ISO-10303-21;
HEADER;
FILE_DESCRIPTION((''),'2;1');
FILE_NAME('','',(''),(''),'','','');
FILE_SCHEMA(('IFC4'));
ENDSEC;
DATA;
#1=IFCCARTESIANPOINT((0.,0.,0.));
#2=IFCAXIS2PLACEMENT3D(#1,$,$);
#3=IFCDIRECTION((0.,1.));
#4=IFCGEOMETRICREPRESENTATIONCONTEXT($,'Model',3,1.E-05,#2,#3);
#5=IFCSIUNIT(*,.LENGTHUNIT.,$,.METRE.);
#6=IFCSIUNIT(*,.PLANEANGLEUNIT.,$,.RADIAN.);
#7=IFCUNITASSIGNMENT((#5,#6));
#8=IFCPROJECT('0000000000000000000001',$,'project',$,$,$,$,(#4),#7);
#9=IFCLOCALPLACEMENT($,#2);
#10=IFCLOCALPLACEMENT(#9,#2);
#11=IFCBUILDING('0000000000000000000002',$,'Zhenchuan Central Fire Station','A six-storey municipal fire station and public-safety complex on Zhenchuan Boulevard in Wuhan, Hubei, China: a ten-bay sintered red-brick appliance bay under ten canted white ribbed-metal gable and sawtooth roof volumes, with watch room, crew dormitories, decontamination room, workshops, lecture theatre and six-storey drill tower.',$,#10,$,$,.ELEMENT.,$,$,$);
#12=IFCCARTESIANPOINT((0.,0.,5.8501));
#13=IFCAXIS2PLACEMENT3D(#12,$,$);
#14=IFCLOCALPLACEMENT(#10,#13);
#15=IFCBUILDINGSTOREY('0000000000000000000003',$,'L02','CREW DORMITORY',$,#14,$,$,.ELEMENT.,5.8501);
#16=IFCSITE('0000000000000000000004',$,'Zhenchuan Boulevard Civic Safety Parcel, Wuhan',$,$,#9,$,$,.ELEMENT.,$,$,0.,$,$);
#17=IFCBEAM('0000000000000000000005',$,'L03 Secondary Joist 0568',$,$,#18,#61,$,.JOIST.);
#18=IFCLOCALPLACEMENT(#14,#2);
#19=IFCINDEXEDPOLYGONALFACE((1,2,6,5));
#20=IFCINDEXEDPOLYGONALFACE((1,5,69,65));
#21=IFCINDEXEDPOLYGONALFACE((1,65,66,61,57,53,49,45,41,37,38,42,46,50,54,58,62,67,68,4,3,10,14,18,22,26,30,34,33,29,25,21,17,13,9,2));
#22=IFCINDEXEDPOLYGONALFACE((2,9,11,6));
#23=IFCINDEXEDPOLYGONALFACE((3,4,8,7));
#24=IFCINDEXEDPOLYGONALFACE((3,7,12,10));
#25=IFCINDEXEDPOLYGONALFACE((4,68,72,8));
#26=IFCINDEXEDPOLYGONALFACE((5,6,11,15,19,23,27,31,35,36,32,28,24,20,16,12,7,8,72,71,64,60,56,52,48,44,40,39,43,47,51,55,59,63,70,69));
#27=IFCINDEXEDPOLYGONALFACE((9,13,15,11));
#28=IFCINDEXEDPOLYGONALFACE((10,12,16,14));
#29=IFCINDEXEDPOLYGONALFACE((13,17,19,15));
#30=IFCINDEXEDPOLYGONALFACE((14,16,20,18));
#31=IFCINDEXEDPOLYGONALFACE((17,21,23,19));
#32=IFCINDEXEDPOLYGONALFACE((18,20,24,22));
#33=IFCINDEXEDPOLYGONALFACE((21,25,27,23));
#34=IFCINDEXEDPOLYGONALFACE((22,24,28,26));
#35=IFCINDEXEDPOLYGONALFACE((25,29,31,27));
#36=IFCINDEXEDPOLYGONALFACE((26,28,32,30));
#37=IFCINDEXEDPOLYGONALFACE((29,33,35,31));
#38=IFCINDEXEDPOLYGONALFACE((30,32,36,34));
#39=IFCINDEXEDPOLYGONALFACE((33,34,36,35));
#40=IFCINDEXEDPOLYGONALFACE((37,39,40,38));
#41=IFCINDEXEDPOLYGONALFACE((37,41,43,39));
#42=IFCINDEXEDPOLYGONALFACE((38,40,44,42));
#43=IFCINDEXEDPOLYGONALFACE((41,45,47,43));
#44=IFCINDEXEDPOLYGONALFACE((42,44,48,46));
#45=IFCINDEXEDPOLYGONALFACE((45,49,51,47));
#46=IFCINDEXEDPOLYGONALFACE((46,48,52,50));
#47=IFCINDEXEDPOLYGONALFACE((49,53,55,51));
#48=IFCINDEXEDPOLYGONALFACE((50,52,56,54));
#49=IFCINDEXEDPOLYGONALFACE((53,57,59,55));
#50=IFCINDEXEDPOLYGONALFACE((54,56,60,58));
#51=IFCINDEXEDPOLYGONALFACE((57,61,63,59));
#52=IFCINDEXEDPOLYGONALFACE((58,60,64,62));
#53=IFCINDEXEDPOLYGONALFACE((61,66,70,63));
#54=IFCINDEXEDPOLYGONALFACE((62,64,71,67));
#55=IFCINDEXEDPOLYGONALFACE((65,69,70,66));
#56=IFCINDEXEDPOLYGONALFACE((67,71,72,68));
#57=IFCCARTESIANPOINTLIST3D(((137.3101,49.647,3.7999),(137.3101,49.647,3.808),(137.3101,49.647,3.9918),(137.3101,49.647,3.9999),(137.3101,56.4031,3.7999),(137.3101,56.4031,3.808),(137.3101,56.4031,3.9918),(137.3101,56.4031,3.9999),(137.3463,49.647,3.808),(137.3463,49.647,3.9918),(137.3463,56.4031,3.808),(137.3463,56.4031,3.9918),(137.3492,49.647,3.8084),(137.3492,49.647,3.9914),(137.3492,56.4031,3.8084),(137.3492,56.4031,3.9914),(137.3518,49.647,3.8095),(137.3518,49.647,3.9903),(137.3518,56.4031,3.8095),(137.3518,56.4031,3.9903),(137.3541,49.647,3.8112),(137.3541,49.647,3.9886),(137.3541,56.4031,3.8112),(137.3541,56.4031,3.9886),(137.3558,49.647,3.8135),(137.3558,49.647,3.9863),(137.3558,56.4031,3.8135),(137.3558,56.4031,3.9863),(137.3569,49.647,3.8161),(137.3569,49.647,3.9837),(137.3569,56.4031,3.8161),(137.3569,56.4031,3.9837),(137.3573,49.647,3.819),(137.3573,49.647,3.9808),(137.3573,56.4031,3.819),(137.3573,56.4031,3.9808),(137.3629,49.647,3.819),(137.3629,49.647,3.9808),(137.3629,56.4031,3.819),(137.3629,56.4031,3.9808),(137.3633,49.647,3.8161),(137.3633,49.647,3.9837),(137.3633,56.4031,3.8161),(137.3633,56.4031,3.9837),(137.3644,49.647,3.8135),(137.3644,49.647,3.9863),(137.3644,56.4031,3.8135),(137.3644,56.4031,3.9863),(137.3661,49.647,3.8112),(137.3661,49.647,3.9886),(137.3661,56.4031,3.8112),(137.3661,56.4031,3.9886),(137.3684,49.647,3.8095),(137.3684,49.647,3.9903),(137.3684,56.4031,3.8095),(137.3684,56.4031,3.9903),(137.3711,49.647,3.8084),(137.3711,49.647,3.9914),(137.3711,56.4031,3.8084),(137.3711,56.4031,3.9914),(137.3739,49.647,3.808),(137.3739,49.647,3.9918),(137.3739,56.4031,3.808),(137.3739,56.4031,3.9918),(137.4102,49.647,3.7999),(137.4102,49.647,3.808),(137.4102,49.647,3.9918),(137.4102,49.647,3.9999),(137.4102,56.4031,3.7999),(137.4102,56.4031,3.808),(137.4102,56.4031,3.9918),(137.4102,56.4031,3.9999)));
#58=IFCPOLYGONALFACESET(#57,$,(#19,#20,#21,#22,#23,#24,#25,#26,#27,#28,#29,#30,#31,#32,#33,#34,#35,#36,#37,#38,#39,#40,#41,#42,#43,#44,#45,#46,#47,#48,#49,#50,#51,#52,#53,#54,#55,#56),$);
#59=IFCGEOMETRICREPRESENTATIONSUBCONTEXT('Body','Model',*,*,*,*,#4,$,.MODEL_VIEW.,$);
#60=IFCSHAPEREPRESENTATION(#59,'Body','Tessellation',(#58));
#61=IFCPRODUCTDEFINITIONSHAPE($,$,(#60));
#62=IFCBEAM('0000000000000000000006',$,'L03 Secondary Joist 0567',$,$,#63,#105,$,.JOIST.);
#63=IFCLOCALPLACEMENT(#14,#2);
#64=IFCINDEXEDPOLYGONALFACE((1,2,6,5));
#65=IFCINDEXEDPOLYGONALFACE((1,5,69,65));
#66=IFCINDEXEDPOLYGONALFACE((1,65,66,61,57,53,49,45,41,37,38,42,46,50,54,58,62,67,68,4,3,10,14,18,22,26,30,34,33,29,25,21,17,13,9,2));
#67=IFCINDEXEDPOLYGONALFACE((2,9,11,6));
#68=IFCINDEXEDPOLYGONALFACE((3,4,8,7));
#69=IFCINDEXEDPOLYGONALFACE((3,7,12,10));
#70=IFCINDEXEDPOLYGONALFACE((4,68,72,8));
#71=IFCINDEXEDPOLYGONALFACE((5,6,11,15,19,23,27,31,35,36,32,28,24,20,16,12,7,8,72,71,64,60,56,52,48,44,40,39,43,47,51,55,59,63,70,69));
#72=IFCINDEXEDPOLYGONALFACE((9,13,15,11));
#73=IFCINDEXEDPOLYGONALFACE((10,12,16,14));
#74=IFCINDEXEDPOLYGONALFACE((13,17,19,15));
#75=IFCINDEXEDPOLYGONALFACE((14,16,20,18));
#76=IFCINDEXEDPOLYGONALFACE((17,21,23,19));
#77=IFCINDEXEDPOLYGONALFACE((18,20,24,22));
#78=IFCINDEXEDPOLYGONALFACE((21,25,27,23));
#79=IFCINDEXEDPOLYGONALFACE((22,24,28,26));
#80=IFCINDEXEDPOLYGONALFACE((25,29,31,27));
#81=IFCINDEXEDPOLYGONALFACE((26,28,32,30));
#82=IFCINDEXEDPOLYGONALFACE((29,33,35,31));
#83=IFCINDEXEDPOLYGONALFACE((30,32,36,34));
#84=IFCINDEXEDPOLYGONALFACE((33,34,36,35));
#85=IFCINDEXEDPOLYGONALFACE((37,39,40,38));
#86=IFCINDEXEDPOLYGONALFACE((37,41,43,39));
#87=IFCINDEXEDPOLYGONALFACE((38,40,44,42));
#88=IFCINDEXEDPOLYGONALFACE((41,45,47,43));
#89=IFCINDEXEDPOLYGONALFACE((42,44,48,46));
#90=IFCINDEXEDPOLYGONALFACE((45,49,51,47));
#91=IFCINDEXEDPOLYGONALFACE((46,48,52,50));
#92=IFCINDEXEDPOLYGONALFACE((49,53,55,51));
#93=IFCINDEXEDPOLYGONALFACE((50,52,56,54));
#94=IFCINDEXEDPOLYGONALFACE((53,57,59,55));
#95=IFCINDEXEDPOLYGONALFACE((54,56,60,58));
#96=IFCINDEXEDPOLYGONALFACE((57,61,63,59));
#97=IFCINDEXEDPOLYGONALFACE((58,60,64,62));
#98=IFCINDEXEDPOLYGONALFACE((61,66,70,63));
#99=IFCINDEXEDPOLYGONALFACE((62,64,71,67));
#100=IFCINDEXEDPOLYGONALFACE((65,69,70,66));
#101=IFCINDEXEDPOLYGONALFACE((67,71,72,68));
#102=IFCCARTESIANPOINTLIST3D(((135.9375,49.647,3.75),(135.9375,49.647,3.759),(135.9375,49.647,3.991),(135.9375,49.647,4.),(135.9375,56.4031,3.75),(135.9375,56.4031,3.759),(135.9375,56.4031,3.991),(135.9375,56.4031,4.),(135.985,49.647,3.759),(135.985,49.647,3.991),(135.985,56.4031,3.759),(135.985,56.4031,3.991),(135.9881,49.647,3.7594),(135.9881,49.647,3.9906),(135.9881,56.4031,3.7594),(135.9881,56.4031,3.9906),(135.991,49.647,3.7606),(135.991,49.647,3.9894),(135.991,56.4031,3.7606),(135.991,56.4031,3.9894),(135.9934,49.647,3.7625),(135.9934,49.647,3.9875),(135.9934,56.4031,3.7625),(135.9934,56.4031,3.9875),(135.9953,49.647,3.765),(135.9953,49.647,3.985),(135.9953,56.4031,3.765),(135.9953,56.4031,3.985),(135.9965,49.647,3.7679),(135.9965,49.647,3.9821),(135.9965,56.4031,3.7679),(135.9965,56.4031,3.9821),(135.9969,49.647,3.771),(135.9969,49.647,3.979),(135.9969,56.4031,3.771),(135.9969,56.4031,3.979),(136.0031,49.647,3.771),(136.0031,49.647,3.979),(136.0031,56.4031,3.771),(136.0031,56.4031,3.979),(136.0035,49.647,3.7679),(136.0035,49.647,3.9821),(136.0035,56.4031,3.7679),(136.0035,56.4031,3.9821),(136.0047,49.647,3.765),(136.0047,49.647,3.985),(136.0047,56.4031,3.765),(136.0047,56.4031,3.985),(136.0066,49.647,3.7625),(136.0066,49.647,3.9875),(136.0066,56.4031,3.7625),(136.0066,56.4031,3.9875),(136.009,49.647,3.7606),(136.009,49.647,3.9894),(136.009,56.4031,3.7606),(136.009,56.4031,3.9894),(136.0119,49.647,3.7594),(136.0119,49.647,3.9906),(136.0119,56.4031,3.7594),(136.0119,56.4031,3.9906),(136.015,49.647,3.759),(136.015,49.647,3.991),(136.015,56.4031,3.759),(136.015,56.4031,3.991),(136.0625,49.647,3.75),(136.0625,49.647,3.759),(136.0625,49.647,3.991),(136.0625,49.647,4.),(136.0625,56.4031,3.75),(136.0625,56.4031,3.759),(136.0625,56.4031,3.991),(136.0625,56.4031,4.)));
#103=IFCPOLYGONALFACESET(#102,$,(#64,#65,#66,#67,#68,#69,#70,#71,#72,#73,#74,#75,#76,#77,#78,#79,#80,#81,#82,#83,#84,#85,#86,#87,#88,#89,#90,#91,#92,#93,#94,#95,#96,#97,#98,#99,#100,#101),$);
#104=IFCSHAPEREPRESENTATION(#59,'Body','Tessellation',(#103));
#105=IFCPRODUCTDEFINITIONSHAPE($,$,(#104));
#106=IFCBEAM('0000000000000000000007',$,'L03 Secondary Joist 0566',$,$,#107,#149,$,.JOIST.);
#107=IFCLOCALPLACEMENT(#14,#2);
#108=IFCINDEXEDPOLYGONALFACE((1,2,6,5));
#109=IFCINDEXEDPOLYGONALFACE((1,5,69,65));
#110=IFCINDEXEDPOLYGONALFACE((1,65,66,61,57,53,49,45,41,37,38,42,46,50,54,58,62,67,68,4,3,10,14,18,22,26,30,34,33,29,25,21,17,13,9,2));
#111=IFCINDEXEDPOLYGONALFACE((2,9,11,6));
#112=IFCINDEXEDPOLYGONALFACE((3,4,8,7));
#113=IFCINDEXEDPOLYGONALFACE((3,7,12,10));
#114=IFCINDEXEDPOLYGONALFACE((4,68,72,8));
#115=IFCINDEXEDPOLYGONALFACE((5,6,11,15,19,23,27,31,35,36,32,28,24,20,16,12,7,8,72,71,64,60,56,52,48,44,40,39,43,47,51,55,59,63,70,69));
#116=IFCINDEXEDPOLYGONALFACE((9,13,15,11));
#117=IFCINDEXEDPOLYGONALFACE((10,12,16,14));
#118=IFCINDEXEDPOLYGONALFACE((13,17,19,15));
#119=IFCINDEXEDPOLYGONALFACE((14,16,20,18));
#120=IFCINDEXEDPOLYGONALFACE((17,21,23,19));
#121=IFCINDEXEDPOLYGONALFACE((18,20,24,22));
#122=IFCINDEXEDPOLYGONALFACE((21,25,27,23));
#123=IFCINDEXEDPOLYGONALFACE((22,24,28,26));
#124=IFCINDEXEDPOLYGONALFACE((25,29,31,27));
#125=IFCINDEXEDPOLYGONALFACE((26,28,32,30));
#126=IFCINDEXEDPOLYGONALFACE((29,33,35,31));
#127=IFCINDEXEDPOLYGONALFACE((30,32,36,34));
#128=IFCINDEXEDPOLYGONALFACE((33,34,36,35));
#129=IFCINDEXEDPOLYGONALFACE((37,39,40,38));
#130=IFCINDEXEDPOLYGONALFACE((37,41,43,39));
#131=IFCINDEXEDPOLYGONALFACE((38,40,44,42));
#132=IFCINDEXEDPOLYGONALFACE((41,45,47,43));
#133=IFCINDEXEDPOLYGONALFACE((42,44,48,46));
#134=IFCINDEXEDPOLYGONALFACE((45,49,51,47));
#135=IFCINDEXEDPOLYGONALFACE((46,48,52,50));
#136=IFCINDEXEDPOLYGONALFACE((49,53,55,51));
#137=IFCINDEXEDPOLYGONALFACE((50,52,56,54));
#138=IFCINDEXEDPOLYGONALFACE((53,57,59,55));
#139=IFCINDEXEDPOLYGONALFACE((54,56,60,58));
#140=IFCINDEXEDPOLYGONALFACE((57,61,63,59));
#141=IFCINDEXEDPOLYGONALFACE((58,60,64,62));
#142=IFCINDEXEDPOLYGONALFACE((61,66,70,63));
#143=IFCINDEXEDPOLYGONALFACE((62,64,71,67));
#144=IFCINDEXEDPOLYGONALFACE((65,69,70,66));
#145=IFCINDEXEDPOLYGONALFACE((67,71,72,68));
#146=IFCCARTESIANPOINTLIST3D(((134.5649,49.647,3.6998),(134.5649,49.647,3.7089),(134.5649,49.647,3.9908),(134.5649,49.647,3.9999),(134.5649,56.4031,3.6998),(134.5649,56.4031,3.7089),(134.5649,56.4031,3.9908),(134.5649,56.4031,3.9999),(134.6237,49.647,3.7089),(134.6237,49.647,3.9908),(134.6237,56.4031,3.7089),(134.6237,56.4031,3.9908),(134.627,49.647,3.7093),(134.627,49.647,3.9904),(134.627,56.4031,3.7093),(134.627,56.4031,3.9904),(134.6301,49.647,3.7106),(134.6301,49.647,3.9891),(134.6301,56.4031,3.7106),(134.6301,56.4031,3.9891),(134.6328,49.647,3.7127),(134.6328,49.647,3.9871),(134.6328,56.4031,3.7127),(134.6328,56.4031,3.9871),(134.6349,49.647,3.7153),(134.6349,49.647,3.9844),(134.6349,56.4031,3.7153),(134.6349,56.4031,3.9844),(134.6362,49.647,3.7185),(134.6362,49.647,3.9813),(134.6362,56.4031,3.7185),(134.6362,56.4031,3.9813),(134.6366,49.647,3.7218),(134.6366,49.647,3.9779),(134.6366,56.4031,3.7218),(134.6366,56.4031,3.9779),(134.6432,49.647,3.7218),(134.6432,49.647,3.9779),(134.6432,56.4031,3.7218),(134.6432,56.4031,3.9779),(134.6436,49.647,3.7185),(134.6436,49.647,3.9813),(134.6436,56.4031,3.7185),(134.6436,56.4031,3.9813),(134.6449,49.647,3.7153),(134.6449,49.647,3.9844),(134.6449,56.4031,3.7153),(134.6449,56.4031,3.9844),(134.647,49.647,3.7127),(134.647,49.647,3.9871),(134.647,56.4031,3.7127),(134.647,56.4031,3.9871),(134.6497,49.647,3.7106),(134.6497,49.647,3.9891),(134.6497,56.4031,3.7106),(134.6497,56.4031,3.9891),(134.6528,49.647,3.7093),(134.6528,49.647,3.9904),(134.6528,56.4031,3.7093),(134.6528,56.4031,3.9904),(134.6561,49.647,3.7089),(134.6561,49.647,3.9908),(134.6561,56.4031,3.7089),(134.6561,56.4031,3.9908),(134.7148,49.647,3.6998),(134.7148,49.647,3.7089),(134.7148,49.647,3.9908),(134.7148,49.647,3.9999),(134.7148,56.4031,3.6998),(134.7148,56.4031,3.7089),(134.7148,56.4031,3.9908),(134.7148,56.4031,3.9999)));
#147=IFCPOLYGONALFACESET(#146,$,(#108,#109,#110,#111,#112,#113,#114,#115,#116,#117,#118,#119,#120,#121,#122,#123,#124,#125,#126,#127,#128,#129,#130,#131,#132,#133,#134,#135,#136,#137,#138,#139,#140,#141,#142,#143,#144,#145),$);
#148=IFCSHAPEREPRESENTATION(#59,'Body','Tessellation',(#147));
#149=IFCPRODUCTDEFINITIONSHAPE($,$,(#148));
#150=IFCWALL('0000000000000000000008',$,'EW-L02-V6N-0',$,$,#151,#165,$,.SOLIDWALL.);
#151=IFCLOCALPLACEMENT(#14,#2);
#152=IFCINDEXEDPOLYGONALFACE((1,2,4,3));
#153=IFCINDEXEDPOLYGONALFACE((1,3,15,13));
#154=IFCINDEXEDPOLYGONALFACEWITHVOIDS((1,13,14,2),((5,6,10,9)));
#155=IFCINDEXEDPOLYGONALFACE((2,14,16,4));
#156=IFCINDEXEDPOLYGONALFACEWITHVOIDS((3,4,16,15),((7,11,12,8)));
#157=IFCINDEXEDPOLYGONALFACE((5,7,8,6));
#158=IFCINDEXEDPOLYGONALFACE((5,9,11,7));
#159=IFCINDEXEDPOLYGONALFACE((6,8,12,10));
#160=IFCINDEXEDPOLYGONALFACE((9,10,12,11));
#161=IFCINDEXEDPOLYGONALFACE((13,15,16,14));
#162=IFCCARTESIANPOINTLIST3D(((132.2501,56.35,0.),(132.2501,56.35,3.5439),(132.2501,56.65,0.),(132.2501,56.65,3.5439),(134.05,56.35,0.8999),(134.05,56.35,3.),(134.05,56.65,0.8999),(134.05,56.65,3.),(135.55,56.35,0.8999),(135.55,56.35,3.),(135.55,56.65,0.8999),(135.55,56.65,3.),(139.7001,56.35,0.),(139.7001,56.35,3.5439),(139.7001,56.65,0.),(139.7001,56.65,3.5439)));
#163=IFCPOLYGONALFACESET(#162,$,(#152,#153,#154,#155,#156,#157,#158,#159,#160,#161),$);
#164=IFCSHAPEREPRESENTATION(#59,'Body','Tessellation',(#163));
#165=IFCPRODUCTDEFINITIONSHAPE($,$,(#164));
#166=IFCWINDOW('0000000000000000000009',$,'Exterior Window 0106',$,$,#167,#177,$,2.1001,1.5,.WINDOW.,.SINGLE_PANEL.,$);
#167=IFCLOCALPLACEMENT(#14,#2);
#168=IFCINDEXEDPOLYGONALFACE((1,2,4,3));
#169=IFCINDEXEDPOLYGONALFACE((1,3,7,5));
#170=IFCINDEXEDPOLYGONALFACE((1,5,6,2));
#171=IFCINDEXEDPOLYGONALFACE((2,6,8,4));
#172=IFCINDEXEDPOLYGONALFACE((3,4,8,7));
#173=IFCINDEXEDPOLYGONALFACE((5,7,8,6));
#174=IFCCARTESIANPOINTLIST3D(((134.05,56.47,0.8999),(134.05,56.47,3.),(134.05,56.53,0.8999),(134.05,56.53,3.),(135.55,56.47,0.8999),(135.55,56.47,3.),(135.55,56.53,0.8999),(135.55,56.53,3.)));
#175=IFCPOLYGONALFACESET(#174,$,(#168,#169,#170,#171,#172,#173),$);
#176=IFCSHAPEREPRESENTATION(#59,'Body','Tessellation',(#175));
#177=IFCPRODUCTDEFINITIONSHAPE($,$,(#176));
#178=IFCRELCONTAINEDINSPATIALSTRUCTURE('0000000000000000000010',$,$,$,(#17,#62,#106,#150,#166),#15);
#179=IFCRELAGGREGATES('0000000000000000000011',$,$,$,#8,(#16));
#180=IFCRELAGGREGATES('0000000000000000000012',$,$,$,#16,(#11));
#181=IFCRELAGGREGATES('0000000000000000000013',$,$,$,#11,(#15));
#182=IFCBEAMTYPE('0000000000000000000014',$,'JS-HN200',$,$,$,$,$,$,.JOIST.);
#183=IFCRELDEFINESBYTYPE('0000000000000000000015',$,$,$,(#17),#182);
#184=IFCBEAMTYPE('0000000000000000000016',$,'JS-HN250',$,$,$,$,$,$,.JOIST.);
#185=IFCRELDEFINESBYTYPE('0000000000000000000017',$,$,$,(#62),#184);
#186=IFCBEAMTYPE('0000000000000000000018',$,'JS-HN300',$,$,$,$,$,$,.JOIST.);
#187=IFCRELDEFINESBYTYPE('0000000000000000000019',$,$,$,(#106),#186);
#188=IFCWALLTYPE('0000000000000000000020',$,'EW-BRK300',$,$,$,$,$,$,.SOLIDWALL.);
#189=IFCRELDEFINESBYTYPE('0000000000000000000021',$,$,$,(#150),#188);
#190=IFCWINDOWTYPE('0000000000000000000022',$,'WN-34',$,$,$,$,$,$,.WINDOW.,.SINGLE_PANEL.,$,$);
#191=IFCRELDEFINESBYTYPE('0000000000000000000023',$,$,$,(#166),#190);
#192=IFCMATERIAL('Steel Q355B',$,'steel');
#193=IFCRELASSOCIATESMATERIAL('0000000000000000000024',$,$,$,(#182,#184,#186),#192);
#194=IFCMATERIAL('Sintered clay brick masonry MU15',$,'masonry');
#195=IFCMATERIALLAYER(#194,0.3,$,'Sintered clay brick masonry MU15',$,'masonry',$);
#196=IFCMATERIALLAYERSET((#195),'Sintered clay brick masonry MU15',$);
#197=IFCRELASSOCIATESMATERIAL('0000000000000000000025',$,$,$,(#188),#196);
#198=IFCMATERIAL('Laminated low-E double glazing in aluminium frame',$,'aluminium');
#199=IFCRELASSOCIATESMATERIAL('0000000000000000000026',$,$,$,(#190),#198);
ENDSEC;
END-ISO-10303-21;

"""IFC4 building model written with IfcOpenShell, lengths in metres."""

from ifc_helpers import new_model, si_unit, direction, frame, frame_2d, origin, origin_2d, place, context, subcontext, project, spatial, rectangle, i_section, extrude, material, layer, layer_set, material_profile, profile_set, type_object, element, fill, save


model = new_model("IFC4")

# Units and contexts
model_context = context("Model", 3, precision=1e-05, world=origin(), true_north=direction((0.0, 1.0)))
body_context = subcontext(model_context, "Body", "Model", "MODEL_VIEW")
ifc_project = project(units=[si_unit("LENGTHUNIT", "METRE"), si_unit("PLANEANGLEUNIT", "RADIAN")], contexts=[model_context])

# Site, building, storey
site_placement = place(None, origin())
site = spatial("IfcSite", under=ifc_project, at=site_placement, Name="Zhenchuan Boulevard Civic Safety Parcel, Wuhan", CompositionType="ELEMENT", RefElevation=0.0)
building_placement = place(site_placement, origin())
building = spatial("IfcBuilding", under=site, at=building_placement, Name="Zhenchuan Central Fire Station", Description="A six-storey municipal fire station and public-safety complex on Zhenchuan Boulevard in Wuhan, Hubei, China: a ten-bay sintered red-brick appliance bay under ten canted white ribbed-metal gable and sawtooth roof volumes, with watch room, crew dormitories, decontamination room, workshops, lecture theatre and six-storey drill tower.", CompositionType="ELEMENT")
storey_placement = place(building_placement, frame((0.0, 0.0, 5.8501)))
storey = spatial("IfcBuildingStorey", under=building, at=storey_placement, Name="L02", Description="CREW DORMITORY", CompositionType="ELEMENT", Elevation=5.8501)

# Beams
ifc_material_1 = material(Name="Steel Q355B", Category="steel")
ifc_material_profile_1 = material_profile(ifc_material_1, i_section(OverallWidth=0.1001, OverallDepth=0.2, WebThickness=0.0056, FlangeThickness=0.0081, FilletRadius=0.011, at=origin_2d()), Name="HN 200x100")
ifc_profile_set_1 = profile_set([ifc_material_profile_1], Name="Steel Q355B")
beam_type_1 = type_object("IfcBeamType", Name="JS-HN200", PredefinedType="JOIST", material=ifc_profile_set_1)
beam_1_placement = place(storey_placement, frame((137.3601, 49.647, 3.8999), z_axis=(0.0, 1.0, 0.0), x_axis=(-1.0, 0.0, 0.0)))
element("IfcBeam", 1, at=beam_1_placement, inside=storey, type_object=beam_type_1, Name="L03 Secondary Joist 0568", PredefinedType="JOIST", context=body_context, shape_type="SweptSolid", body=[
    extrude(i_section(OverallWidth=0.1001, OverallDepth=0.2, WebThickness=0.0056, FlangeThickness=0.0081, FilletRadius=0.011, at=origin_2d()), origin(), (0.0, 0.0, 1.0), 6.7561),
])
ifc_material_profile_2 = material_profile(ifc_material_1, i_section(OverallWidth=0.125, OverallDepth=0.25, WebThickness=0.0061, FlangeThickness=0.009, FilletRadius=0.012, at=origin_2d()), Name="HN 250x125")
ifc_profile_set_2 = profile_set([ifc_material_profile_2], Name="Steel Q355B")
beam_type_2 = type_object("IfcBeamType", Name="JS-HN250", PredefinedType="JOIST", material=ifc_profile_set_2)
beam_2_placement = place(storey_placement, frame((136.0, 49.647, 3.875), z_axis=(0.0, 1.0, 0.0), x_axis=(-1.0, 0.0, 0.0)))
element("IfcBeam", 2, at=beam_2_placement, inside=storey, type_object=beam_type_2, Name="L03 Secondary Joist 0567", PredefinedType="JOIST", context=body_context, shape_type="SweptSolid", body=[
    extrude(i_section(OverallWidth=0.125, OverallDepth=0.25, WebThickness=0.0061, FlangeThickness=0.009, FilletRadius=0.012, at=origin_2d()), origin(), (0.0, 0.0, 1.0), 6.7561),
])
ifc_material_profile_3 = material_profile(ifc_material_1, i_section(OverallWidth=0.1499, OverallDepth=0.3, WebThickness=0.0066, FlangeThickness=0.009, FilletRadius=0.0129, at=origin_2d()), Name="HN 300x150")
ifc_profile_set_3 = profile_set([ifc_material_profile_3], Name="Steel Q355B")
beam_type_3 = type_object("IfcBeamType", Name="JS-HN300", PredefinedType="JOIST", material=ifc_profile_set_3)
beam_3_placement = place(storey_placement, frame((134.6399, 49.647, 3.8499), z_axis=(0.0, 1.0, 0.0), x_axis=(-1.0, 0.0, 0.0)))
element("IfcBeam", 3, at=beam_3_placement, inside=storey, type_object=beam_type_3, Name="L03 Secondary Joist 0566", PredefinedType="JOIST", context=body_context, shape_type="SweptSolid", body=[
    extrude(i_section(OverallWidth=0.1499, OverallDepth=0.3, WebThickness=0.0066, FlangeThickness=0.009, FilletRadius=0.0129, at=origin_2d()), origin(), (0.0, 0.0, 1.0), 6.7561),
])

# Wall, opening, window
ifc_material_2 = material(Name="Sintered clay brick masonry MU15", Category="masonry")
ifc_layer_1 = layer(ifc_material_2, 0.3, Name="Sintered clay brick masonry MU15", Category="masonry")
ifc_layer_set_1 = layer_set([ifc_layer_1], Name="Sintered clay brick masonry MU15")
wall_type_1 = type_object("IfcWallType", Name="EW-BRK300", PredefinedType="SOLIDWALL", material=ifc_layer_set_1)
wall_1_placement = place(storey_placement, frame((132.25, 56.5, 0.0), z_axis=(0.0, 0.0, 1.0), x_axis=(1.0, 0.0, 0.0)))
wall_1 = element("IfcWall", 4, at=wall_1_placement, inside=storey, type_object=wall_type_1, Name="EW-L02-V6N-0", PredefinedType="SOLIDWALL", context=body_context, shape_type="SweptSolid", body=[
    extrude(rectangle(XDim=7.45, YDim=0.3, at=frame_2d((3.7251, 0.0))), origin(), (0.0, 0.0, 1.0), 3.5439),
])
opening_1_placement = place(wall_1_placement, frame((1.8, 0.0, 0.8999)))
opening_1 = element("IfcOpeningElement", 5, at=opening_1_placement, cuts=wall_1, PredefinedType="OPENING", context=body_context, shape_type="SweptSolid", body=[
    extrude(rectangle(XDim=1.5, YDim=2.1001, at=frame_2d((0.75, 1.05))), frame((0.0, 0.1599, 0.0), z_axis=(0.0, -1.0, 0.0), x_axis=(1.0, 0.0, 0.0)), (0.0, 0.0, 1.0), 0.3201),
])
ifc_material_3 = material(Name="Laminated low-E double glazing in aluminium frame", Category="aluminium")
window_type_1 = type_object("IfcWindowType", Name="WN-34", PartitioningType="SINGLE_PANEL", PredefinedType="WINDOW", material=ifc_material_3)
window_1_placement = place(opening_1_placement, origin())
window_1 = element("IfcWindow", 6, at=window_1_placement, inside=storey, type_object=window_type_1, Name="Exterior Window 0106", OverallHeight=2.1001, OverallWidth=1.5, PartitioningType="SINGLE_PANEL", PredefinedType="WINDOW", context=body_context, shape_type="SweptSolid", body=[
    extrude(rectangle(XDim=1.5, YDim=2.1001, at=frame_2d((0.75, 1.05))), frame((0.0, 0.03, 0.0), z_axis=(0.0, -1.0, 0.0), x_axis=(1.0, 0.0, 0.0)), (0.0, 0.0, 1.0), 0.0601),
])
fill(opening_1, window_1)

save(model, "model.ifc")
